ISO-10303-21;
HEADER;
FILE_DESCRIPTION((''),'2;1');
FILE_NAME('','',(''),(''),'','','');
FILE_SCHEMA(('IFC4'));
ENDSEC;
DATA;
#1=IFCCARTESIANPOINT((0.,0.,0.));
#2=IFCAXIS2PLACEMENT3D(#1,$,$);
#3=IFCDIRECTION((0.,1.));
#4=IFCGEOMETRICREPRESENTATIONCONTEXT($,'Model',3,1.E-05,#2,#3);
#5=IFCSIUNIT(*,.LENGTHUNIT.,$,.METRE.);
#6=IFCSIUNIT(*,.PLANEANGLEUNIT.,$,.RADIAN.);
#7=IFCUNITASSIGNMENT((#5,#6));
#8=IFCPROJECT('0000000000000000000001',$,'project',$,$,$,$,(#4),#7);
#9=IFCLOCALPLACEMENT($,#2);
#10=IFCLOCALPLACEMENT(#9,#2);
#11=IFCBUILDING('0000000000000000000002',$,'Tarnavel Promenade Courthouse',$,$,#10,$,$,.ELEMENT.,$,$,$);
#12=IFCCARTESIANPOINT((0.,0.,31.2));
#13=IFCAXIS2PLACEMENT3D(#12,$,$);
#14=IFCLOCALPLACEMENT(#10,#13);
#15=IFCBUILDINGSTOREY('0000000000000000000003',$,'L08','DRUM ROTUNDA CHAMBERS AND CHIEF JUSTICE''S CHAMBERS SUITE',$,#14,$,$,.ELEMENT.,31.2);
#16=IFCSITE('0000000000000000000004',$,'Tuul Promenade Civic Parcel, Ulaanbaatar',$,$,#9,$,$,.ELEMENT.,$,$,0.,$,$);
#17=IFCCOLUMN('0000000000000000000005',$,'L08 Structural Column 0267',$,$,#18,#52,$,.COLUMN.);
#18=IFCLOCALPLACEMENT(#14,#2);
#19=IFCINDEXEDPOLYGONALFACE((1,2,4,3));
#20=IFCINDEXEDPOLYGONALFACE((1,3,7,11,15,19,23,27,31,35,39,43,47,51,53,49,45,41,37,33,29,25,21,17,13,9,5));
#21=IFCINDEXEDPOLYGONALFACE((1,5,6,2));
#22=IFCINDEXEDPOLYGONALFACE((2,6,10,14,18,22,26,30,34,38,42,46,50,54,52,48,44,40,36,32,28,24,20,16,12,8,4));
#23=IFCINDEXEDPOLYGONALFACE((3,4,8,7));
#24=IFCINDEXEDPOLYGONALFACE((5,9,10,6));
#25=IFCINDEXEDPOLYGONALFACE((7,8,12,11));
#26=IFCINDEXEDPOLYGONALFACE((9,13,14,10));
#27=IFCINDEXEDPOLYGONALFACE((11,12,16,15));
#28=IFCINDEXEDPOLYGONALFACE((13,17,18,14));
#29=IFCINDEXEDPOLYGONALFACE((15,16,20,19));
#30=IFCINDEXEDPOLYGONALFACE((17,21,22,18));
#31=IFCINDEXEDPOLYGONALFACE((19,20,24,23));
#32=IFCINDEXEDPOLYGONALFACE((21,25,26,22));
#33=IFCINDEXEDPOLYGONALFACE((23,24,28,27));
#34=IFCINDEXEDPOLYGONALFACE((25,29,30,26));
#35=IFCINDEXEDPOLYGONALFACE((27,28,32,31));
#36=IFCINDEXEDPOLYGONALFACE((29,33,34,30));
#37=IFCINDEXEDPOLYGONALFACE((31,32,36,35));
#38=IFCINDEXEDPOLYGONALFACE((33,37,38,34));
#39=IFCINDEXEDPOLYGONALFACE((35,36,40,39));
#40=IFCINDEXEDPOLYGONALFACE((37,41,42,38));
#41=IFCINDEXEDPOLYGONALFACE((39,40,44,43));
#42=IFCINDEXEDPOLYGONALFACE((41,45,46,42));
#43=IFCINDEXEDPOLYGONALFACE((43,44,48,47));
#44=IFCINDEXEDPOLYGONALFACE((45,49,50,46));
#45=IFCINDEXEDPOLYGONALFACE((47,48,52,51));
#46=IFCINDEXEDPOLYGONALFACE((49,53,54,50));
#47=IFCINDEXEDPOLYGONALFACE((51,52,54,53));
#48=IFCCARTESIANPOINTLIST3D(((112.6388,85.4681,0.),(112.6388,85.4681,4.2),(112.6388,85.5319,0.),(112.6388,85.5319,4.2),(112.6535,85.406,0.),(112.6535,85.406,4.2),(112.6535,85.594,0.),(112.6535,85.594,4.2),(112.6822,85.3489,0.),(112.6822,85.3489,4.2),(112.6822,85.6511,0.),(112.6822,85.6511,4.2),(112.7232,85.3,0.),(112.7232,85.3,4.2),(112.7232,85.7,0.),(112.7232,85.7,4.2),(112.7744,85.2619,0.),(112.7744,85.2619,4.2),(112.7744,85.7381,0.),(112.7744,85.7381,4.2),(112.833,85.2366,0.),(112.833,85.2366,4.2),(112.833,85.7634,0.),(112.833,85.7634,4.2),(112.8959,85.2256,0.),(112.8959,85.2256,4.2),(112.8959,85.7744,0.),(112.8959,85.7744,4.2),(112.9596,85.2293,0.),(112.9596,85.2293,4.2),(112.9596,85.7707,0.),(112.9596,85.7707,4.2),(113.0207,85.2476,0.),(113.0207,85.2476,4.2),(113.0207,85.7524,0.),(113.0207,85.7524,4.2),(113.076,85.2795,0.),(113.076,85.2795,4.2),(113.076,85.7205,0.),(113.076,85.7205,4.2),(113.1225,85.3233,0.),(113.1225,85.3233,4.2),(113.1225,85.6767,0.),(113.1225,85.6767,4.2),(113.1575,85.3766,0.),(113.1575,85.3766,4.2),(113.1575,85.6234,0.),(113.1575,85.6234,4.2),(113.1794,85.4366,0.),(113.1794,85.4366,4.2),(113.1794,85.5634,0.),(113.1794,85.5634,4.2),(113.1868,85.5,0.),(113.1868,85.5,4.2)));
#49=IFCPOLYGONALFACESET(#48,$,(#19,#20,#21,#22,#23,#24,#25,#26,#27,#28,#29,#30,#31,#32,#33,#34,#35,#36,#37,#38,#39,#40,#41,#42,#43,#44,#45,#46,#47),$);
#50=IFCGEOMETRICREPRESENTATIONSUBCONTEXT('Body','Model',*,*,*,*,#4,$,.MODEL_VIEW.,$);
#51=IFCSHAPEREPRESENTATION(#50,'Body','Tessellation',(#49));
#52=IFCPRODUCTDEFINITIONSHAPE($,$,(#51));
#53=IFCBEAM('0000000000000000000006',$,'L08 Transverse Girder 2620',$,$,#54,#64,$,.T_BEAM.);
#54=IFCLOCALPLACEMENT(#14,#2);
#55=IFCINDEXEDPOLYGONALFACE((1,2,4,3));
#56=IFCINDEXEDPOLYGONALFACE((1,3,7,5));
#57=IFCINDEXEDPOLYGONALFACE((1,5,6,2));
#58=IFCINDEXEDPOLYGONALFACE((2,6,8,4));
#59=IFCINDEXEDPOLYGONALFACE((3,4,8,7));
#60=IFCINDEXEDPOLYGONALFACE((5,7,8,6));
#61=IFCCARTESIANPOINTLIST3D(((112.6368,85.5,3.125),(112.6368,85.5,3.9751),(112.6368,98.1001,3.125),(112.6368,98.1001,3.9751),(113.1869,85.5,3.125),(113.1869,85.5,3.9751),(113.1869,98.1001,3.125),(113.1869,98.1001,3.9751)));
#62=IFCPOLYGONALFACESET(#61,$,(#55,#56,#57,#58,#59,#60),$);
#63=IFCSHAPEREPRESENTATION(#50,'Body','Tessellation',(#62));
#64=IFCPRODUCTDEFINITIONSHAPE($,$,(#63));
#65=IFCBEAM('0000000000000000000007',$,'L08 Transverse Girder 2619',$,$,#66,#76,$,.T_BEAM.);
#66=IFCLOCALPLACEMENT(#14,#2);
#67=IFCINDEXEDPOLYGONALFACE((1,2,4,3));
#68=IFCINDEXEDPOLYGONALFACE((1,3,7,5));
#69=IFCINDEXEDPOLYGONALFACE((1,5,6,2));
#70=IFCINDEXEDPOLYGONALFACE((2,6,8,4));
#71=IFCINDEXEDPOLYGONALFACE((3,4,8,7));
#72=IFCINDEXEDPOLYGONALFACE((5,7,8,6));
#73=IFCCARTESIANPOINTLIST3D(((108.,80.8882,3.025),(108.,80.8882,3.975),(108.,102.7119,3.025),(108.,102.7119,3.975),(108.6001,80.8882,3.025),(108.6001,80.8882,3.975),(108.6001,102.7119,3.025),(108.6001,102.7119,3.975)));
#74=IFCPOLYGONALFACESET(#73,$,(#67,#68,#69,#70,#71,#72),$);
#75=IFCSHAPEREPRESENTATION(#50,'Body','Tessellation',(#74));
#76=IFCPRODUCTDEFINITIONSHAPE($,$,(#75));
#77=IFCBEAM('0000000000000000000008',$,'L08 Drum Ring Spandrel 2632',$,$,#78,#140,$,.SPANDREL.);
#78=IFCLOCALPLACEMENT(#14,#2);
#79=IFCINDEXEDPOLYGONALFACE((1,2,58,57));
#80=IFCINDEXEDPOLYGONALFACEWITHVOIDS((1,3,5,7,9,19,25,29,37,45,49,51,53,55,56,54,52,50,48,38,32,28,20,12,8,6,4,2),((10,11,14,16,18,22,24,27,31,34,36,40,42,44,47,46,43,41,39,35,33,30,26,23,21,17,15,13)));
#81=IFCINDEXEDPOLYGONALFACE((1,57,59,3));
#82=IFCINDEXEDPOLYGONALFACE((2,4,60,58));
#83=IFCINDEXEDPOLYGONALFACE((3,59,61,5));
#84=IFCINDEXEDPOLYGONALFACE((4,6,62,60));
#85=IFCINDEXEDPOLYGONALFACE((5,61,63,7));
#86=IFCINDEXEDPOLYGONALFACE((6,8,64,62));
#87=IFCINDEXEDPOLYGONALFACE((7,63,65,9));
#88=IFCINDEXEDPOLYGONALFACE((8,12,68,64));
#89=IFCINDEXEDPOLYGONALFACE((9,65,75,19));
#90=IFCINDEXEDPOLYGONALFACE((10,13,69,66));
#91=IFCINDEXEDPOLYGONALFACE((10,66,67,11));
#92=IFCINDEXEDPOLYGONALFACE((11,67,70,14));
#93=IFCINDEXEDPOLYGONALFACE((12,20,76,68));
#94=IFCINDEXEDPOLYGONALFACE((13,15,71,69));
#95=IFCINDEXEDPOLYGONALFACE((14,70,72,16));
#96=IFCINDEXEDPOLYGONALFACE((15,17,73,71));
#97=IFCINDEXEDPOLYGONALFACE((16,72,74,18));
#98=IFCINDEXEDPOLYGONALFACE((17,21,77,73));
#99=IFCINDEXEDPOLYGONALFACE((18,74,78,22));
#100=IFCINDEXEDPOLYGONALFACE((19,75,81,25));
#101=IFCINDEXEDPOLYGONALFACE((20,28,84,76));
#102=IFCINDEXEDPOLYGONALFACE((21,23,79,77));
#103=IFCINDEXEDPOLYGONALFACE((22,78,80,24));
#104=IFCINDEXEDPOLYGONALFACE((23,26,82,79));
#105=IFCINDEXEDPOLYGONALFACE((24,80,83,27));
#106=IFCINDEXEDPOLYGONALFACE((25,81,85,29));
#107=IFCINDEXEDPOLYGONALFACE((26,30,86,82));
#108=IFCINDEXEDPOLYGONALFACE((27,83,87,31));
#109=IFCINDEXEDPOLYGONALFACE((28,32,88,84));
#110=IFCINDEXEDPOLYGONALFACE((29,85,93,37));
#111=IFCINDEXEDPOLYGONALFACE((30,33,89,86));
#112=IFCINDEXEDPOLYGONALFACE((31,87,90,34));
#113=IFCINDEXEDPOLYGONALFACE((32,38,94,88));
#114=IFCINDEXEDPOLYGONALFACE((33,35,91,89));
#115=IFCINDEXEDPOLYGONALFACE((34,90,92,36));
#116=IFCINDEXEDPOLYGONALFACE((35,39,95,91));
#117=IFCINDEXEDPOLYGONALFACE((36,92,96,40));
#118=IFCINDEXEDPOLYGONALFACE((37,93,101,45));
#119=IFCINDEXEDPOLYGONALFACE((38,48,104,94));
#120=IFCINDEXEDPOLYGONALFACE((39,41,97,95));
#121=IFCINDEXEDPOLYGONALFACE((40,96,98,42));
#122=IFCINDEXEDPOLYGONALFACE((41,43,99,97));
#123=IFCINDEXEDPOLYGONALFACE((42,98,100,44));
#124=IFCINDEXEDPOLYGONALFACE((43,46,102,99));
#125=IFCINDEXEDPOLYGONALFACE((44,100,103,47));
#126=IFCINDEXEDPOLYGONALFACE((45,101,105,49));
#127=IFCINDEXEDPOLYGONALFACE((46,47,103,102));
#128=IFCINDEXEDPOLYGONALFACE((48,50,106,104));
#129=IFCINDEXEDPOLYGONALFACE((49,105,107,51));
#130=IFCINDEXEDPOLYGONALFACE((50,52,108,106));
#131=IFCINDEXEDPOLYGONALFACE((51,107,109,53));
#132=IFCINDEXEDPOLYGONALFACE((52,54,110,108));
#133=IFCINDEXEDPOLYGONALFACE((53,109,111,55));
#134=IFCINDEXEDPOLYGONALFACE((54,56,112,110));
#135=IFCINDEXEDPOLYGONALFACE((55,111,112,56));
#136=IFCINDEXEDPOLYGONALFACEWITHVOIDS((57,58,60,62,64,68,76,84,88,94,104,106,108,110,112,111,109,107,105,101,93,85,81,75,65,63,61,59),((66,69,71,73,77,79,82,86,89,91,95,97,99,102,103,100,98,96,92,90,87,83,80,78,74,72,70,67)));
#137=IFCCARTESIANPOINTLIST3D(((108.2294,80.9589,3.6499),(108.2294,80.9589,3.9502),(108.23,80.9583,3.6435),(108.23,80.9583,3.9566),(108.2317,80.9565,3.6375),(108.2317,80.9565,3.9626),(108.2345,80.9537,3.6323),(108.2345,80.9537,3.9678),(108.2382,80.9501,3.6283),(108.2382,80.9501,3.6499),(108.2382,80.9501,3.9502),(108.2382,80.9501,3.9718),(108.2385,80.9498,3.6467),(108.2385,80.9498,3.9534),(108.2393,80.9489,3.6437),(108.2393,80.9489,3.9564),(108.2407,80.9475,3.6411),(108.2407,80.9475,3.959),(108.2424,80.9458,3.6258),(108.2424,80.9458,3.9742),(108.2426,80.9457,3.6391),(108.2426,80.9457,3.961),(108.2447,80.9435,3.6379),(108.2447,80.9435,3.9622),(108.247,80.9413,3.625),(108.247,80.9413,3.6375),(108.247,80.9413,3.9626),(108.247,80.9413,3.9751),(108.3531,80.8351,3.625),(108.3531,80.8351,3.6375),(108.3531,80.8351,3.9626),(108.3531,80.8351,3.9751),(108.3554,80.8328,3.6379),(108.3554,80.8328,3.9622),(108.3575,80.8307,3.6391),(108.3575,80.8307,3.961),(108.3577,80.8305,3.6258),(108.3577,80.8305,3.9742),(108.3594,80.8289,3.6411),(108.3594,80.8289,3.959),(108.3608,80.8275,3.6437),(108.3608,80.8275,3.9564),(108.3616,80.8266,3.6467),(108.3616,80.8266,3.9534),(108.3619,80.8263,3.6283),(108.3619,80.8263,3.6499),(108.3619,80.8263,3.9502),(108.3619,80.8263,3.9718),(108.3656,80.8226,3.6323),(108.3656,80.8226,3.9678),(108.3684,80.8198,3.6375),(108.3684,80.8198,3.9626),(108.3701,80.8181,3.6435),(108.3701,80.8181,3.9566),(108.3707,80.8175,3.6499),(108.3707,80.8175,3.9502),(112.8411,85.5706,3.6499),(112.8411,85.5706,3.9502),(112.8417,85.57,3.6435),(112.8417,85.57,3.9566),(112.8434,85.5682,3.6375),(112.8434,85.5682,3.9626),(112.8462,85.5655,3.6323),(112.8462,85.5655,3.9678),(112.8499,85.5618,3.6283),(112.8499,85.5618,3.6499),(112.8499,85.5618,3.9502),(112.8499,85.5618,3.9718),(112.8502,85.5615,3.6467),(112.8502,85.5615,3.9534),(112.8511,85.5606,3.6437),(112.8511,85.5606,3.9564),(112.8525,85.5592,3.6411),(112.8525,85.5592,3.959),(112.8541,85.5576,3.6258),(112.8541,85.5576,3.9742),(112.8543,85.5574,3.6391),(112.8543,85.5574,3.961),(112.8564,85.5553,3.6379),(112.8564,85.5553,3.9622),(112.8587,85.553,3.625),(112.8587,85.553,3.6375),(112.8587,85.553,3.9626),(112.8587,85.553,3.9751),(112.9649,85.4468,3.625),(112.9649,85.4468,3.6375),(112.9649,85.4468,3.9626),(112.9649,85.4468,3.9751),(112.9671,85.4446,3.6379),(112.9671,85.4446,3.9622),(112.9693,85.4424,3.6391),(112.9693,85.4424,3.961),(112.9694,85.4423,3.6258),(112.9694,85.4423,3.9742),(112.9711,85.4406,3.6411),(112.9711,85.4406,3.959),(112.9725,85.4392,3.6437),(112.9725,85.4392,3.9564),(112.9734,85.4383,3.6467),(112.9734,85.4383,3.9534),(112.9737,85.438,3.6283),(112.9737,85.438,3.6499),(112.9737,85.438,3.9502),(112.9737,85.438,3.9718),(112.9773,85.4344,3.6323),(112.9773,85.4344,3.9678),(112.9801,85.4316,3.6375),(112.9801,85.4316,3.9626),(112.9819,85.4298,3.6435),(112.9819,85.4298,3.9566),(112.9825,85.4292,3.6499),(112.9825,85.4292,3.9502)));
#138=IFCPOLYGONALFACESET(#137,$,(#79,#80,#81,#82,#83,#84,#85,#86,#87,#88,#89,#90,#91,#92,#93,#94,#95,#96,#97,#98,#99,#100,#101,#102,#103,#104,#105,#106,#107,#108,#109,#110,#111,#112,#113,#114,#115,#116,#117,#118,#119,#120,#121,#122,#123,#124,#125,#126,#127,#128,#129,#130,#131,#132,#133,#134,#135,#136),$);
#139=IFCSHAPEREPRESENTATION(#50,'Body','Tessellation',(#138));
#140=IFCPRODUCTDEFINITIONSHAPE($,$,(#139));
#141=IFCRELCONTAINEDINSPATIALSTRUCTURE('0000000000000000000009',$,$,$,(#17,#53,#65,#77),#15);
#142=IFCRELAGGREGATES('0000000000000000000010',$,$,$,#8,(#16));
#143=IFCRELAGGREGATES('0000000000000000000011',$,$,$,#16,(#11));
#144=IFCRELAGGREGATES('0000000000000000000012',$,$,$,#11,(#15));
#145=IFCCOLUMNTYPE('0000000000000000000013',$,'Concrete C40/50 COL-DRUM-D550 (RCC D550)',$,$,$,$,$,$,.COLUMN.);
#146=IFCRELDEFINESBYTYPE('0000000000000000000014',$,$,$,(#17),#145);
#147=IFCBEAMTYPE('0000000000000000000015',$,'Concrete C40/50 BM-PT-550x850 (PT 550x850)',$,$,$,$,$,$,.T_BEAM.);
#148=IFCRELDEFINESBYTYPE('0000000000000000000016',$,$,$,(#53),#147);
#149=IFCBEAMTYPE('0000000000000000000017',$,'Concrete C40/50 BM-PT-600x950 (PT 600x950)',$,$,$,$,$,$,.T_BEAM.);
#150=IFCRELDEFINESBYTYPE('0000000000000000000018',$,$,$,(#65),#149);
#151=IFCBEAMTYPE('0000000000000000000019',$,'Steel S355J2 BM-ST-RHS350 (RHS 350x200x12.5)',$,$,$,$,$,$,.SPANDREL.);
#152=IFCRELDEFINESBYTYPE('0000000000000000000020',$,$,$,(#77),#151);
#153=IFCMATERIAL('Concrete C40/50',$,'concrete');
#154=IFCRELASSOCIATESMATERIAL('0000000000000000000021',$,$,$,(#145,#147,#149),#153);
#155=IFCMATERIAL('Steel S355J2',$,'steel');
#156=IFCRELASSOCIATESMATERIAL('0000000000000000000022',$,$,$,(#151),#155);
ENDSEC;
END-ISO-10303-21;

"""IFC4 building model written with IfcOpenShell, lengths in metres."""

from ifc_helpers import new_model, si_unit, direction, frame, origin, origin_2d, place, context, subcontext, project, spatial, rectangle, hollow_rectangle, circle, extrude, material, material_profile, profile_set, type_object, element, save


model = new_model("IFC4")

# Units and contexts
model_context = context("Model", 3, precision=1e-05, world=origin(), true_north=direction((0.0, 1.0)))
body_context = subcontext(model_context, "Body", "Model", "MODEL_VIEW")
ifc_project = project(units=[si_unit("LENGTHUNIT", "METRE"), si_unit("PLANEANGLEUNIT", "RADIAN")], contexts=[model_context])

# Site, building, storey
site_placement = place(None, origin())
site = spatial("IfcSite", under=ifc_project, at=site_placement, Name="Tuul Promenade Civic Parcel, Ulaanbaatar", CompositionType="ELEMENT", RefElevation=0.0)
building_placement = place(site_placement, origin())
building = spatial("IfcBuilding", under=site, at=building_placement, Name="Tarnavel Promenade Courthouse", CompositionType="ELEMENT")
storey_placement = place(building_placement, frame((0.0, 0.0, 31.2)))
storey = spatial("IfcBuildingStorey", under=building, at=storey_placement, Name="L08", Description="DRUM ROTUNDA CHAMBERS AND CHIEF JUSTICE'S CHAMBERS SUITE", CompositionType="ELEMENT", Elevation=31.2)

# Column
ifc_material_1 = material(Name="Concrete C40/50", Category="concrete")
ifc_material_profile_1 = material_profile(ifc_material_1, circle(Radius=0.2749, at=origin_2d()), Name="RCC D550")
ifc_profile_set_1 = profile_set([ifc_material_profile_1], Name="Concrete C40/50")
column_type = type_object("IfcColumnType", Name="Concrete C40/50 COL-DRUM-D550 (RCC D550)", PredefinedType="COLUMN", material=ifc_profile_set_1)
column_placement = place(storey_placement, frame((112.9119, 85.5, 0.0), z_axis=(0.0, 0.0, 1.0), x_axis=(1.0, 0.0, 0.0)))
element("IfcColumn", 1, at=column_placement, inside=storey, type_object=column_type, Name="L08 Structural Column 0267", PredefinedType="COLUMN", context=body_context, shape_type="SweptSolid", body=[
    extrude(circle(Radius=0.2749, at=origin_2d()), origin(), (0.0, 0.0, 1.0), 4.2),
])

# Beams
ifc_material_profile_2 = material_profile(ifc_material_1, rectangle(XDim=0.55, YDim=0.8501, at=origin_2d()), Name="PT 550x850")
ifc_profile_set_2 = profile_set([ifc_material_profile_2], Name="Concrete C40/50")
beam_type_1 = type_object("IfcBeamType", Name="Concrete C40/50 BM-PT-550x850 (PT 550x850)", PredefinedType="T_BEAM", material=ifc_profile_set_2)
beam_1_placement = place(storey_placement, frame((112.9119, 85.5, 3.55), z_axis=(0.0, 1.0, 0.0), x_axis=(-1.0, 0.0, 0.0)))
element("IfcBeam", 2, at=beam_1_placement, inside=storey, type_object=beam_type_1, Name="L08 Transverse Girder 2620", PredefinedType="T_BEAM", context=body_context, shape_type="SweptSolid", body=[
    extrude(rectangle(XDim=0.55, YDim=0.8501, at=origin_2d()), origin(), (0.0, 0.0, 1.0), 12.6001),
])
ifc_material_profile_3 = material_profile(ifc_material_1, rectangle(XDim=0.6001, YDim=0.95, at=origin_2d()), Name="PT 600x950")
ifc_profile_set_3 = profile_set([ifc_material_profile_3], Name="Concrete C40/50")
beam_type_2 = type_object("IfcBeamType", Name="Concrete C40/50 BM-PT-600x950 (PT 600x950)", PredefinedType="T_BEAM", material=ifc_profile_set_3)
beam_2_placement = place(storey_placement, frame((108.3, 80.8882, 3.5), z_axis=(0.0, 1.0, 0.0), x_axis=(-1.0, 0.0, 0.0)))
element("IfcBeam", 3, at=beam_2_placement, inside=storey, type_object=beam_type_2, Name="L08 Transverse Girder 2619", PredefinedType="T_BEAM", context=body_context, shape_type="SweptSolid", body=[
    extrude(rectangle(XDim=0.6001, YDim=0.95, at=origin_2d()), origin(), (0.0, 0.0, 1.0), 21.8237),
])
ifc_material_2 = material(Name="Steel S355J2", Category="steel")
ifc_material_profile_4 = material_profile(ifc_material_2, hollow_rectangle(XDim=0.2, YDim=0.3501, WallThickness=0.0125, InnerFilletRadius=0.0125, OuterFilletRadius=0.0249, at=origin_2d()), Name="RHS 350x200x12.5")
ifc_profile_set_4 = profile_set([ifc_material_profile_4], Name="Steel S355J2")
beam_type_3 = type_object("IfcBeamType", Name="Steel S355J2 BM-ST-RHS350 (RHS 350x200x12.5)", PredefinedType="SPANDREL", material=ifc_profile_set_4)
beam_3_placement = place(storey_placement, frame((108.3, 80.8882, 3.8), z_axis=(0.707107, 0.707107, 0.0), x_axis=(-0.707107, 0.707107, 0.0)))
element("IfcBeam", 4, at=beam_3_placement, inside=storey, type_object=beam_type_3, Name="L08 Drum Ring Spandrel 2632", PredefinedType="SPANDREL", context=body_context, shape_type="SweptSolid", body=[
    extrude(hollow_rectangle(XDim=0.2, YDim=0.3501, WallThickness=0.0125, InnerFilletRadius=0.0125, OuterFilletRadius=0.0249, at=origin_2d()), origin(), (0.0, 0.0, 1.0), 6.522),
])

save(model, "model.ifc")
